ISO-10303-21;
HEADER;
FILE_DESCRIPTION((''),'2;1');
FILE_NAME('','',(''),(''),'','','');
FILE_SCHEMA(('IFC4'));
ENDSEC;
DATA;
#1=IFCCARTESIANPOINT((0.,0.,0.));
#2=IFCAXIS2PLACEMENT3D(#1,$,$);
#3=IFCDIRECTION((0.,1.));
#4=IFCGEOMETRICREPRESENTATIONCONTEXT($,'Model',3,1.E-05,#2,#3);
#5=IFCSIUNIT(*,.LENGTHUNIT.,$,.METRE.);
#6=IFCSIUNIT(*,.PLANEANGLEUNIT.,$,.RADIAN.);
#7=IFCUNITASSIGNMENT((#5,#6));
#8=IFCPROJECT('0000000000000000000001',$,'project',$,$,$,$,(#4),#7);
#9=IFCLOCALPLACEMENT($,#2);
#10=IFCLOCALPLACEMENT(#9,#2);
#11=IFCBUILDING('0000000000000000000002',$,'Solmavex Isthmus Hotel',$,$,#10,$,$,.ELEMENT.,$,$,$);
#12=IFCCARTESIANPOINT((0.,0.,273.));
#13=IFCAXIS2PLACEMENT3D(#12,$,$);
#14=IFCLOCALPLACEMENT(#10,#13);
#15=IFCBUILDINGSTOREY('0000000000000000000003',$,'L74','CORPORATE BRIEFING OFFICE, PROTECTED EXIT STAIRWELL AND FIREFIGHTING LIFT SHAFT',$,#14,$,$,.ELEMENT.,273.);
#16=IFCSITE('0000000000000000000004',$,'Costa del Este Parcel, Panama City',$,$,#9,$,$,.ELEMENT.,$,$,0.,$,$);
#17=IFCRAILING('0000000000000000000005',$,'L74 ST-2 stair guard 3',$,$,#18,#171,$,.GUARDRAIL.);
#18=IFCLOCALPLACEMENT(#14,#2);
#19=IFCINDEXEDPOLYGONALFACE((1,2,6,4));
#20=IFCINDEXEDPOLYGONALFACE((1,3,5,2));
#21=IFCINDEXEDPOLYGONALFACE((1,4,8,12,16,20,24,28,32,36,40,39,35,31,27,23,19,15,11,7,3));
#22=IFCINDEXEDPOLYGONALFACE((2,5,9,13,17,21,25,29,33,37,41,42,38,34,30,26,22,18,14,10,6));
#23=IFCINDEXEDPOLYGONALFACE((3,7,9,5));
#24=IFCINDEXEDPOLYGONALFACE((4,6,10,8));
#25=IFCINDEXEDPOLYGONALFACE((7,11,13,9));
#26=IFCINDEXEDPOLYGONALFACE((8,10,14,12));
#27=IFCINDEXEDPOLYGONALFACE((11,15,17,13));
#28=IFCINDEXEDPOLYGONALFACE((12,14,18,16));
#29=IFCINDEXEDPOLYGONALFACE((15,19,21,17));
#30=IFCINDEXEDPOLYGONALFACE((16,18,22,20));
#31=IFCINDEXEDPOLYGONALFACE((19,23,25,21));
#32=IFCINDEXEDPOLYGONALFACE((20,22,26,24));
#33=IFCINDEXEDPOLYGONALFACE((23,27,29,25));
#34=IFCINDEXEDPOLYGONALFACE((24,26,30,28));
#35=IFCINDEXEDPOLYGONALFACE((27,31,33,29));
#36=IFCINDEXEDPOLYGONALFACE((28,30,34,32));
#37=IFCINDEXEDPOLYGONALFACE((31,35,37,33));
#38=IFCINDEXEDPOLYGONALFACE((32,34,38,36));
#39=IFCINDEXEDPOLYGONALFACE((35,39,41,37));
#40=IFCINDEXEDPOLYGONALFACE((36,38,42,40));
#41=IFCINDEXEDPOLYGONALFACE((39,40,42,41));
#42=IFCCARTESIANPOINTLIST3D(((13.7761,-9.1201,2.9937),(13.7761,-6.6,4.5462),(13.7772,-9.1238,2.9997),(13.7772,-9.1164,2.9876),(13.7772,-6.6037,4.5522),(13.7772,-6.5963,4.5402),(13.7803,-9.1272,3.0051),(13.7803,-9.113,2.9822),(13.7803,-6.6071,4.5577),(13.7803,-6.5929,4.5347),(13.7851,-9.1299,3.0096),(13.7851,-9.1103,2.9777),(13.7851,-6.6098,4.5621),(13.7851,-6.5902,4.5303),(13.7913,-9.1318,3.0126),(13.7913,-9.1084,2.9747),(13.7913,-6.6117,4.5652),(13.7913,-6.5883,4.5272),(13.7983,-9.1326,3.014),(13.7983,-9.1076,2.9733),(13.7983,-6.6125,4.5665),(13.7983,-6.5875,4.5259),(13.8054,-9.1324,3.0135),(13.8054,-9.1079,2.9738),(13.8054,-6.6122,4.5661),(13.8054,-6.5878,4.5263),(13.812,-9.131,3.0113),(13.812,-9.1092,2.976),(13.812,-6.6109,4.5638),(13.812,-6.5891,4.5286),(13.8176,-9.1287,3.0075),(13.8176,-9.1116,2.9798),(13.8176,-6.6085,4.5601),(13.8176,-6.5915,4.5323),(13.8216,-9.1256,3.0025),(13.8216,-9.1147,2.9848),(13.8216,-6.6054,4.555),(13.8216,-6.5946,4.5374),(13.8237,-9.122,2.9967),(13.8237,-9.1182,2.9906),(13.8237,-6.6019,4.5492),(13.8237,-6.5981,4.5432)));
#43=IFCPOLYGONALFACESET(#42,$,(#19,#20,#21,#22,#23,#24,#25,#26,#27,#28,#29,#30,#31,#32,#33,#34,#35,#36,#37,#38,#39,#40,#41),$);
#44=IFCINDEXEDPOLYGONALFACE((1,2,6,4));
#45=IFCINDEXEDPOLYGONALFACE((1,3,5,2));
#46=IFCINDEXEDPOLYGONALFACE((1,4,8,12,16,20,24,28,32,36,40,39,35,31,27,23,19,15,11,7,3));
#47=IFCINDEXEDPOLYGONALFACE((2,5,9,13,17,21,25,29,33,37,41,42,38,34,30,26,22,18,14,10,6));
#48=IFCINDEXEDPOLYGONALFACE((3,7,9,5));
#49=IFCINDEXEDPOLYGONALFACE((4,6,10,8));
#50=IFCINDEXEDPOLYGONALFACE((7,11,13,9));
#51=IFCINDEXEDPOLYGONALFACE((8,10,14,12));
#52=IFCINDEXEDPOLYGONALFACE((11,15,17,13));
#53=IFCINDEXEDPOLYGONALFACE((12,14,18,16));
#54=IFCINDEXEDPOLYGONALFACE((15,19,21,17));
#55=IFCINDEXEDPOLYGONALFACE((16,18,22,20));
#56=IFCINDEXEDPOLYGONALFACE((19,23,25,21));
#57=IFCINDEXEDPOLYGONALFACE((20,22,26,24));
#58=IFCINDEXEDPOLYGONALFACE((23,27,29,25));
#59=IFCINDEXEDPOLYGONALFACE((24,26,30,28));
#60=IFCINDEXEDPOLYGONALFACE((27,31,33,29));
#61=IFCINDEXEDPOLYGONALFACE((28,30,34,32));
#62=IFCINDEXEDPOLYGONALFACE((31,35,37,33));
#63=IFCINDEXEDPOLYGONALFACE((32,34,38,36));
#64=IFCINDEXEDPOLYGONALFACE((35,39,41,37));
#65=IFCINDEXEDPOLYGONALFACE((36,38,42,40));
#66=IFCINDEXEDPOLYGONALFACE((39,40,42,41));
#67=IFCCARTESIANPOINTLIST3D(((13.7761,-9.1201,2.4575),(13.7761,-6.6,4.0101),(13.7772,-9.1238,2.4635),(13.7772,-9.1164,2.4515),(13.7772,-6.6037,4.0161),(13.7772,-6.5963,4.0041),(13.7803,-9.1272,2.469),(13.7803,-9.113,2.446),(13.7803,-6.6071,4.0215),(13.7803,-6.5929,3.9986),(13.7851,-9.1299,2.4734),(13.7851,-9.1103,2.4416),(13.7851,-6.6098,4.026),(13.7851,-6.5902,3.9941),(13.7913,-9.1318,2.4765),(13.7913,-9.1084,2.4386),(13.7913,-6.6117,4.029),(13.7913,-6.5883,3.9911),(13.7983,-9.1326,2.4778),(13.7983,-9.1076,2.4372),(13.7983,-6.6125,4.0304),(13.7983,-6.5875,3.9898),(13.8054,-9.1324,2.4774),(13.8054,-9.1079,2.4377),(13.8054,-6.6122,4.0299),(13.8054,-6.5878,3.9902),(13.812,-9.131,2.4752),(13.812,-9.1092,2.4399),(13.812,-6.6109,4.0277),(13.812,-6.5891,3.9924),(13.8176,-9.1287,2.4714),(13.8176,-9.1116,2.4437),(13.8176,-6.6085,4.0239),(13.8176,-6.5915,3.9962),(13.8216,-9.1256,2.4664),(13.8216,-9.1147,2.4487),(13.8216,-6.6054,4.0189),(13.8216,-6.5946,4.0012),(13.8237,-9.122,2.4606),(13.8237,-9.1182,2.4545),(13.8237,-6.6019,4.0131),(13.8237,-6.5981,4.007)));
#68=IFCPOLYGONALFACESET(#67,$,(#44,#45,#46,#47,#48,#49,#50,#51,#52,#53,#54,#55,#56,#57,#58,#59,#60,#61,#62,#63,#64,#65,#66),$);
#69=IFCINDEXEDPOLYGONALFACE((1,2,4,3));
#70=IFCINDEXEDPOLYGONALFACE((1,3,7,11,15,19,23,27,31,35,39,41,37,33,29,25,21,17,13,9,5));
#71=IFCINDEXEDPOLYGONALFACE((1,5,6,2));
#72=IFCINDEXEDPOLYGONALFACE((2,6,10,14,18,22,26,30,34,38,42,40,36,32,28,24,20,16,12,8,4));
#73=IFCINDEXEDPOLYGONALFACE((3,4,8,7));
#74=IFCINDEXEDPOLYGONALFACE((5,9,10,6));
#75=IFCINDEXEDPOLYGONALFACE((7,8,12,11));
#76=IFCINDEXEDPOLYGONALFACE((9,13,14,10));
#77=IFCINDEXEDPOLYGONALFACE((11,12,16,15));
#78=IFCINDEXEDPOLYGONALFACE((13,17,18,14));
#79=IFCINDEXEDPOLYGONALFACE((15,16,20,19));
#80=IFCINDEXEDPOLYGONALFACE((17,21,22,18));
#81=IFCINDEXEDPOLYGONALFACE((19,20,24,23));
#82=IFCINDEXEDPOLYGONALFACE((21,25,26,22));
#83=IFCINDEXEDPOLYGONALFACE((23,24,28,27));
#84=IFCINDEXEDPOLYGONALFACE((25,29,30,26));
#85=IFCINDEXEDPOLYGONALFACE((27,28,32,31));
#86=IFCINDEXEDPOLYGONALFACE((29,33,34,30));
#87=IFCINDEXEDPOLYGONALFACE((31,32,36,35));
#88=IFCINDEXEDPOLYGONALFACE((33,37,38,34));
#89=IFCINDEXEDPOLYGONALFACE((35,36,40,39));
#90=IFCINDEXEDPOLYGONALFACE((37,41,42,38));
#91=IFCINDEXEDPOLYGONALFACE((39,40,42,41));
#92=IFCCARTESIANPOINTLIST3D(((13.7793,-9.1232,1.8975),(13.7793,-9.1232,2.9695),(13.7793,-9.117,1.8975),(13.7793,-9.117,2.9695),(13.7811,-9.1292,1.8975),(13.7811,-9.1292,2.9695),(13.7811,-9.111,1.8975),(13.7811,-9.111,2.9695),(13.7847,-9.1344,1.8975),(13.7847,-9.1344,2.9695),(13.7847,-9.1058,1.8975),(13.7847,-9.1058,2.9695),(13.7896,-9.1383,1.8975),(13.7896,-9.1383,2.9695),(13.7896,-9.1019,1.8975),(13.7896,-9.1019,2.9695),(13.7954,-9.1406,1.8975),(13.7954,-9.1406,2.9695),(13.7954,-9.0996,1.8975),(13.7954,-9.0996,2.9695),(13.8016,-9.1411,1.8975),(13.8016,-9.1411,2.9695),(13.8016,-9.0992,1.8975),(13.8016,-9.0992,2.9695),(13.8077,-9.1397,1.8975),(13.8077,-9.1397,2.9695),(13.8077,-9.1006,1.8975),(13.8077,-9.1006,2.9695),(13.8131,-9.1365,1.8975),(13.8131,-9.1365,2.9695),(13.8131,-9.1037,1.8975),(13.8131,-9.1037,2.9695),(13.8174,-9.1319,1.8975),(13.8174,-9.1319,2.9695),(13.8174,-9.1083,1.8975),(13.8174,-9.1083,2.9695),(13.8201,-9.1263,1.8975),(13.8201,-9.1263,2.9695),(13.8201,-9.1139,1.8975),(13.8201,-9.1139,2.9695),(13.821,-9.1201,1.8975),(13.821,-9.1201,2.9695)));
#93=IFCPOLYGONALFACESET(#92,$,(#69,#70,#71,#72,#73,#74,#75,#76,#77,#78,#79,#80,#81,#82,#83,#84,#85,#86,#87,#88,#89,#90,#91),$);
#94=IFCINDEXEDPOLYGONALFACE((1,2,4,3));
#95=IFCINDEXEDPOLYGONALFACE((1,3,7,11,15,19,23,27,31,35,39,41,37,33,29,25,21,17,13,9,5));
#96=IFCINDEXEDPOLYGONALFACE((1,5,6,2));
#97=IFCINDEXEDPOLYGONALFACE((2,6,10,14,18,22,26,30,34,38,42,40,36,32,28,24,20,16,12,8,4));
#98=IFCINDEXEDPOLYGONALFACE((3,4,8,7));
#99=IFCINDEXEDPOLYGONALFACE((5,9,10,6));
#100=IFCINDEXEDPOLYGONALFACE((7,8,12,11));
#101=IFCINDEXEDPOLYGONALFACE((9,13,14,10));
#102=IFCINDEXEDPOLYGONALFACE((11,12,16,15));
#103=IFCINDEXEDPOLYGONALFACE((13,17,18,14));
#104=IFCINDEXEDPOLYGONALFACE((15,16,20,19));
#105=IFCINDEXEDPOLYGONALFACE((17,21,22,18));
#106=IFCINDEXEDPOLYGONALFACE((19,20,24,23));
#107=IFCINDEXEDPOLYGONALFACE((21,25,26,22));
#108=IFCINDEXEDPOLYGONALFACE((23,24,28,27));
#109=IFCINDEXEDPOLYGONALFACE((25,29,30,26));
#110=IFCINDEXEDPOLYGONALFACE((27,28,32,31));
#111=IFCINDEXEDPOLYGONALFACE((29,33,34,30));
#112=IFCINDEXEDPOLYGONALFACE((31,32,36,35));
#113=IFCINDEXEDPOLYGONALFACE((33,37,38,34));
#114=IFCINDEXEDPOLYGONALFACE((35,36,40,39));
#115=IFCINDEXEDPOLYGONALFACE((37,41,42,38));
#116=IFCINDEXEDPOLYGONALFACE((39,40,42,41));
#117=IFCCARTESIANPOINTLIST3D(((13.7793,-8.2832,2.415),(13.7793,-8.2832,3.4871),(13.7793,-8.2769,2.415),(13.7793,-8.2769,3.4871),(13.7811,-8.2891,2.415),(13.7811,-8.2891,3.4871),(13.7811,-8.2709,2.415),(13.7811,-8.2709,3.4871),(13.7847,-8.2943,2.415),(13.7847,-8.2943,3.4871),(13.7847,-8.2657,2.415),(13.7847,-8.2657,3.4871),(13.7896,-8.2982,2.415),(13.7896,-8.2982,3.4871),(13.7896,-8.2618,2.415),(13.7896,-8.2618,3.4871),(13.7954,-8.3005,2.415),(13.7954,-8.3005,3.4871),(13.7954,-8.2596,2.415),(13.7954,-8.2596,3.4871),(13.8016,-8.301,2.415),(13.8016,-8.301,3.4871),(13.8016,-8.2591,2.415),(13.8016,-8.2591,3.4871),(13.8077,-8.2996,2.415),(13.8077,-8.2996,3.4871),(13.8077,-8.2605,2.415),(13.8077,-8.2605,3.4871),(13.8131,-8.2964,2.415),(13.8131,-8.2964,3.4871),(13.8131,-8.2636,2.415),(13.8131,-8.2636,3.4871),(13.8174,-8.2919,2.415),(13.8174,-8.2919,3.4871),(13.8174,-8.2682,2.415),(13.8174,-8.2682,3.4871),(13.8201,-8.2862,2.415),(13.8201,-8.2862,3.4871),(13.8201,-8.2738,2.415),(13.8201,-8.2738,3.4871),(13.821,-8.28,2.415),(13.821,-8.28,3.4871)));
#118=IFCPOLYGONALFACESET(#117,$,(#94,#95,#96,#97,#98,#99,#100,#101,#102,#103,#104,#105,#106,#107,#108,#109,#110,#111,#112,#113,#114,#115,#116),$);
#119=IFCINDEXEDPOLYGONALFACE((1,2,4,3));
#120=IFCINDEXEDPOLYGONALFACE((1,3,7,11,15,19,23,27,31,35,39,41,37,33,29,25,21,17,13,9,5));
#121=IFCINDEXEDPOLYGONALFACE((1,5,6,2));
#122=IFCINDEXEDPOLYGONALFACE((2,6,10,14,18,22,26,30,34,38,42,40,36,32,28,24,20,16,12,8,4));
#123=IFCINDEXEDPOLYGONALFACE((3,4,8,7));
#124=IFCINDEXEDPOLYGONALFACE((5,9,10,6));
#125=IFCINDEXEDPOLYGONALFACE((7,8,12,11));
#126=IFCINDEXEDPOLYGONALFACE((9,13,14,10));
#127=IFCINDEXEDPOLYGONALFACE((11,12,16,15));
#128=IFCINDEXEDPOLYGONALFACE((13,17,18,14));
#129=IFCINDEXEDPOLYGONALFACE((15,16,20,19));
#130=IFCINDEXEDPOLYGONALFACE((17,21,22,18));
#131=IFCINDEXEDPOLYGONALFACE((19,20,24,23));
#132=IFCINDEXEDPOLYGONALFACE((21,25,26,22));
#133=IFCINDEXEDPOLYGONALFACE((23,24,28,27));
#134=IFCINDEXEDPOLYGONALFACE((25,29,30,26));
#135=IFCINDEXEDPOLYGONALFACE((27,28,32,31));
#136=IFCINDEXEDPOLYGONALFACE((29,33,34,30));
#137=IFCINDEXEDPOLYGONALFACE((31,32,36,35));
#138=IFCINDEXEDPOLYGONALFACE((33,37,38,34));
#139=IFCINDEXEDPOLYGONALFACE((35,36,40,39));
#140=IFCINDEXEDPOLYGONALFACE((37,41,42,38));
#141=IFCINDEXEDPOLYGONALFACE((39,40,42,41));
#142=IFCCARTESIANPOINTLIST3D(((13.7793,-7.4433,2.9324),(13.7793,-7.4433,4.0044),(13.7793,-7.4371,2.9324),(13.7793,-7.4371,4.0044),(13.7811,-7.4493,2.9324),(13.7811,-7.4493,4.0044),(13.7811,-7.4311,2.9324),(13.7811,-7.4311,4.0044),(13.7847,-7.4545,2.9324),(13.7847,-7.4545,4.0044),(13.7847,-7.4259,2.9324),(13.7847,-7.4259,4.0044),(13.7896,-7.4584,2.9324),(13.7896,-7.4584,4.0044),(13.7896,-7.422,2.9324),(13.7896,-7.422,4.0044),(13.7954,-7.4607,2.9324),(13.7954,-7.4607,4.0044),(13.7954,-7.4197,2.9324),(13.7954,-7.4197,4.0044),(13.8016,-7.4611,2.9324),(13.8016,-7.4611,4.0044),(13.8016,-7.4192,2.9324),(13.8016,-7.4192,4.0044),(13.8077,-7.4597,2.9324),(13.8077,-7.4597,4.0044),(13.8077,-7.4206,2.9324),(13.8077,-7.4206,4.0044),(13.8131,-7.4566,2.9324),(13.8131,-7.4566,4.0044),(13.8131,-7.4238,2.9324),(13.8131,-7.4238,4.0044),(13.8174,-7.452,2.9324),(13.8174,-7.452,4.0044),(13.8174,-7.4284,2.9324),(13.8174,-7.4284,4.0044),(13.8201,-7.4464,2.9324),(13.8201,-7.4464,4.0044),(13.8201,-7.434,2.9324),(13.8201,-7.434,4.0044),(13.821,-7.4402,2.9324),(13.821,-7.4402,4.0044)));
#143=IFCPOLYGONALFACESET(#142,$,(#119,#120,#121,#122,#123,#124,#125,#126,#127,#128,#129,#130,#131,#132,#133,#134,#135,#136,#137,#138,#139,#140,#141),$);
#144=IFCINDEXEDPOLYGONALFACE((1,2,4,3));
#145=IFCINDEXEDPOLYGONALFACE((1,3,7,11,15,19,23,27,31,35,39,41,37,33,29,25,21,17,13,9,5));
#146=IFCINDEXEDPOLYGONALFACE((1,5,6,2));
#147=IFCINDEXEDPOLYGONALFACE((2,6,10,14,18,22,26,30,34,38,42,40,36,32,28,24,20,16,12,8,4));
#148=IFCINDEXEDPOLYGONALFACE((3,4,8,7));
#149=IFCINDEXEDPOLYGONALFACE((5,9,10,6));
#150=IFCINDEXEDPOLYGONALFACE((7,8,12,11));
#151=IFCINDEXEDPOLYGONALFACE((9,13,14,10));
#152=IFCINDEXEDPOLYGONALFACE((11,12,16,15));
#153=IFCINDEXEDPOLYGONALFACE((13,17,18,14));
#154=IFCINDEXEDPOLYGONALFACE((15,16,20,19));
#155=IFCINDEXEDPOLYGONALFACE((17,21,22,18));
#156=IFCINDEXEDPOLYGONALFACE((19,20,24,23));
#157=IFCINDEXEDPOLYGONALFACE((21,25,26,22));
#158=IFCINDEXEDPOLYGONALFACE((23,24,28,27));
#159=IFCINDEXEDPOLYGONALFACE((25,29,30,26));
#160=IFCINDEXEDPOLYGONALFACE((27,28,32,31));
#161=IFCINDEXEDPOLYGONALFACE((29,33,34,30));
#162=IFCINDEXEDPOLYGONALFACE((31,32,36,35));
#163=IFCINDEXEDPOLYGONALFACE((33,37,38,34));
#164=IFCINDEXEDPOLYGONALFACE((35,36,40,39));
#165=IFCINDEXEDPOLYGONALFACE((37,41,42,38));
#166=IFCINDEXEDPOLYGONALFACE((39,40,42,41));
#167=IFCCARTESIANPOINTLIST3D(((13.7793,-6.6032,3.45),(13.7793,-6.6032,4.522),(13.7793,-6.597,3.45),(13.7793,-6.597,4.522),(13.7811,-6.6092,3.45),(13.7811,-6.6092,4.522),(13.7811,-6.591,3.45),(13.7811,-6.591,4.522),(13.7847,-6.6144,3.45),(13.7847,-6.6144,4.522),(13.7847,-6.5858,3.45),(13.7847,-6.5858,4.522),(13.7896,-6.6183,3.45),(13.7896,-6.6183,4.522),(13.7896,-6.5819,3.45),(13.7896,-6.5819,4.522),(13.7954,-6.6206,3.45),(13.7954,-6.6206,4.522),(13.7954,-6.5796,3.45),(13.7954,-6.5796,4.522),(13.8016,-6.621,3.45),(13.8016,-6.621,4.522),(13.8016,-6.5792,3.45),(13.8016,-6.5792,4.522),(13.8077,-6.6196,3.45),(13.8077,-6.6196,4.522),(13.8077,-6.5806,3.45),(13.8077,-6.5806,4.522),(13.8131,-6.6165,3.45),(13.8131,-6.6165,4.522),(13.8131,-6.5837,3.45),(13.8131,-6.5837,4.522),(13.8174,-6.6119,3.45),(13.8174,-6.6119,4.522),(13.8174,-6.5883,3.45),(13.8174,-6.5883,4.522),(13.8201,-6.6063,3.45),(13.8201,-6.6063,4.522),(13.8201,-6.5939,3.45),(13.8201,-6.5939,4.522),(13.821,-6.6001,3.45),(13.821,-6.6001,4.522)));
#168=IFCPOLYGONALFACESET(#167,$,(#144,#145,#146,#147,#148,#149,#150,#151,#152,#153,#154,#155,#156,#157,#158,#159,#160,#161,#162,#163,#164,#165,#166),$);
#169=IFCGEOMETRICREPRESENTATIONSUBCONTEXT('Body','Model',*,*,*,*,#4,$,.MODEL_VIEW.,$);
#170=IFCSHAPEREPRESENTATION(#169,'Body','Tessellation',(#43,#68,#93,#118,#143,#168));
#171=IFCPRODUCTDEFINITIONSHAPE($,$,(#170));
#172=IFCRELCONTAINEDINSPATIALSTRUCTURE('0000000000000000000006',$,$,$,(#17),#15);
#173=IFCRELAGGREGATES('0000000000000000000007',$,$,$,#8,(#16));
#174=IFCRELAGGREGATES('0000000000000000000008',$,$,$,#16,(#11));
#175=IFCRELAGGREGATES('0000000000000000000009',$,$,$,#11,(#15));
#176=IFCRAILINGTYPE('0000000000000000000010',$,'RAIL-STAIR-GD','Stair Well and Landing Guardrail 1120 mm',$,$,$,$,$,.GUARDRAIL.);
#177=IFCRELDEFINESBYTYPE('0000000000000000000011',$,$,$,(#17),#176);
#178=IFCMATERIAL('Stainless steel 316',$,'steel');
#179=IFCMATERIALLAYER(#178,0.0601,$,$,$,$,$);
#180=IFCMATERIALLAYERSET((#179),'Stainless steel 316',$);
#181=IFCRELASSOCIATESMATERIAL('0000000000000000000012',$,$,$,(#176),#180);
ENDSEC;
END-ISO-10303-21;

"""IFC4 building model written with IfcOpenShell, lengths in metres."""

from ifc_helpers import new_model, si_unit, direction, frame, origin, origin_2d, place, context, subcontext, project, spatial, circle, extrude, material, layer, layer_set, type_object, element, save


model = new_model("IFC4")

# Units and contexts
model_context = context("Model", 3, precision=1e-05, world=origin(), true_north=direction((0.0, 1.0)))
body_context = subcontext(model_context, "Body", "Model", "MODEL_VIEW")
ifc_project = project(units=[si_unit("LENGTHUNIT", "METRE"), si_unit("PLANEANGLEUNIT", "RADIAN")], contexts=[model_context])

# Site, building, storey
site_placement = place(None, origin())
site = spatial("IfcSite", under=ifc_project, at=site_placement, Name="Costa del Este Parcel, Panama City", CompositionType="ELEMENT", RefElevation=0.0)
building_placement = place(site_placement, origin())
building = spatial("IfcBuilding", under=site, at=building_placement, Name="Solmavex Isthmus Hotel", CompositionType="ELEMENT")
storey_placement = place(building_placement, frame((0.0, 0.0, 273.0)))
storey = spatial("IfcBuildingStorey", under=building, at=storey_placement, Name="L74", Description="CORPORATE BRIEFING OFFICE, PROTECTED EXIT STAIRWELL AND FIREFIGHTING LIFT SHAFT", CompositionType="ELEMENT", Elevation=273.0)

# Railing
ifc_material_1 = material(Name="Stainless steel 316", Category="steel")
ifc_layer_1 = layer(ifc_material_1, 0.0601)
ifc_layer_set_1 = layer_set([ifc_layer_1], Name="Stainless steel 316")
railing_type_1 = type_object("IfcRailingType", Name="RAIL-STAIR-GD", Description="Stair Well and Landing Guardrail 1120 mm", PredefinedType="GUARDRAIL", material=ifc_layer_set_1)
railing_1_placement = place(storey_placement, frame((13.8, -9.1201, 1.8975)))
element("IfcRailing", 1, at=railing_1_placement, inside=storey, type_object=railing_type_1, Name="L74 ST-2 stair guard 3", PredefinedType="GUARDRAIL", context=body_context, shape_type="SweptSolid", body=[
    extrude(circle(Radius=0.0239, at=origin_2d()), frame((0.0, 0.0, 1.0962), z_axis=(0.0, 0.8514, 0.524516), x_axis=(-1.0, 0.0, 0.0)), (0.0, 0.0, 1.0), 2.96),
    extrude(circle(Radius=0.0239, at=origin_2d()), frame((0.0, 0.0, 0.5601), z_axis=(0.0, 0.8514, 0.524516), x_axis=(-1.0, 0.0, 0.0)), (0.0, 0.0, 1.0), 2.96),
    extrude(circle(Radius=0.021, at=origin_2d()), origin(), (0.0, 0.0, 1.0), 1.072),
    extrude(circle(Radius=0.021, at=origin_2d()), frame((0.0, 0.8401, 0.5176)), (0.0, 0.0, 1.0), 1.072),
    extrude(circle(Radius=0.021, at=origin_2d()), frame((0.0, 1.6799, 1.0349)), (0.0, 0.0, 1.0), 1.072),
    extrude(circle(Radius=0.021, at=origin_2d()), frame((0.0, 2.52, 1.5525)), (0.0, 0.0, 1.0), 1.072),
])

save(model, "model.ifc")
